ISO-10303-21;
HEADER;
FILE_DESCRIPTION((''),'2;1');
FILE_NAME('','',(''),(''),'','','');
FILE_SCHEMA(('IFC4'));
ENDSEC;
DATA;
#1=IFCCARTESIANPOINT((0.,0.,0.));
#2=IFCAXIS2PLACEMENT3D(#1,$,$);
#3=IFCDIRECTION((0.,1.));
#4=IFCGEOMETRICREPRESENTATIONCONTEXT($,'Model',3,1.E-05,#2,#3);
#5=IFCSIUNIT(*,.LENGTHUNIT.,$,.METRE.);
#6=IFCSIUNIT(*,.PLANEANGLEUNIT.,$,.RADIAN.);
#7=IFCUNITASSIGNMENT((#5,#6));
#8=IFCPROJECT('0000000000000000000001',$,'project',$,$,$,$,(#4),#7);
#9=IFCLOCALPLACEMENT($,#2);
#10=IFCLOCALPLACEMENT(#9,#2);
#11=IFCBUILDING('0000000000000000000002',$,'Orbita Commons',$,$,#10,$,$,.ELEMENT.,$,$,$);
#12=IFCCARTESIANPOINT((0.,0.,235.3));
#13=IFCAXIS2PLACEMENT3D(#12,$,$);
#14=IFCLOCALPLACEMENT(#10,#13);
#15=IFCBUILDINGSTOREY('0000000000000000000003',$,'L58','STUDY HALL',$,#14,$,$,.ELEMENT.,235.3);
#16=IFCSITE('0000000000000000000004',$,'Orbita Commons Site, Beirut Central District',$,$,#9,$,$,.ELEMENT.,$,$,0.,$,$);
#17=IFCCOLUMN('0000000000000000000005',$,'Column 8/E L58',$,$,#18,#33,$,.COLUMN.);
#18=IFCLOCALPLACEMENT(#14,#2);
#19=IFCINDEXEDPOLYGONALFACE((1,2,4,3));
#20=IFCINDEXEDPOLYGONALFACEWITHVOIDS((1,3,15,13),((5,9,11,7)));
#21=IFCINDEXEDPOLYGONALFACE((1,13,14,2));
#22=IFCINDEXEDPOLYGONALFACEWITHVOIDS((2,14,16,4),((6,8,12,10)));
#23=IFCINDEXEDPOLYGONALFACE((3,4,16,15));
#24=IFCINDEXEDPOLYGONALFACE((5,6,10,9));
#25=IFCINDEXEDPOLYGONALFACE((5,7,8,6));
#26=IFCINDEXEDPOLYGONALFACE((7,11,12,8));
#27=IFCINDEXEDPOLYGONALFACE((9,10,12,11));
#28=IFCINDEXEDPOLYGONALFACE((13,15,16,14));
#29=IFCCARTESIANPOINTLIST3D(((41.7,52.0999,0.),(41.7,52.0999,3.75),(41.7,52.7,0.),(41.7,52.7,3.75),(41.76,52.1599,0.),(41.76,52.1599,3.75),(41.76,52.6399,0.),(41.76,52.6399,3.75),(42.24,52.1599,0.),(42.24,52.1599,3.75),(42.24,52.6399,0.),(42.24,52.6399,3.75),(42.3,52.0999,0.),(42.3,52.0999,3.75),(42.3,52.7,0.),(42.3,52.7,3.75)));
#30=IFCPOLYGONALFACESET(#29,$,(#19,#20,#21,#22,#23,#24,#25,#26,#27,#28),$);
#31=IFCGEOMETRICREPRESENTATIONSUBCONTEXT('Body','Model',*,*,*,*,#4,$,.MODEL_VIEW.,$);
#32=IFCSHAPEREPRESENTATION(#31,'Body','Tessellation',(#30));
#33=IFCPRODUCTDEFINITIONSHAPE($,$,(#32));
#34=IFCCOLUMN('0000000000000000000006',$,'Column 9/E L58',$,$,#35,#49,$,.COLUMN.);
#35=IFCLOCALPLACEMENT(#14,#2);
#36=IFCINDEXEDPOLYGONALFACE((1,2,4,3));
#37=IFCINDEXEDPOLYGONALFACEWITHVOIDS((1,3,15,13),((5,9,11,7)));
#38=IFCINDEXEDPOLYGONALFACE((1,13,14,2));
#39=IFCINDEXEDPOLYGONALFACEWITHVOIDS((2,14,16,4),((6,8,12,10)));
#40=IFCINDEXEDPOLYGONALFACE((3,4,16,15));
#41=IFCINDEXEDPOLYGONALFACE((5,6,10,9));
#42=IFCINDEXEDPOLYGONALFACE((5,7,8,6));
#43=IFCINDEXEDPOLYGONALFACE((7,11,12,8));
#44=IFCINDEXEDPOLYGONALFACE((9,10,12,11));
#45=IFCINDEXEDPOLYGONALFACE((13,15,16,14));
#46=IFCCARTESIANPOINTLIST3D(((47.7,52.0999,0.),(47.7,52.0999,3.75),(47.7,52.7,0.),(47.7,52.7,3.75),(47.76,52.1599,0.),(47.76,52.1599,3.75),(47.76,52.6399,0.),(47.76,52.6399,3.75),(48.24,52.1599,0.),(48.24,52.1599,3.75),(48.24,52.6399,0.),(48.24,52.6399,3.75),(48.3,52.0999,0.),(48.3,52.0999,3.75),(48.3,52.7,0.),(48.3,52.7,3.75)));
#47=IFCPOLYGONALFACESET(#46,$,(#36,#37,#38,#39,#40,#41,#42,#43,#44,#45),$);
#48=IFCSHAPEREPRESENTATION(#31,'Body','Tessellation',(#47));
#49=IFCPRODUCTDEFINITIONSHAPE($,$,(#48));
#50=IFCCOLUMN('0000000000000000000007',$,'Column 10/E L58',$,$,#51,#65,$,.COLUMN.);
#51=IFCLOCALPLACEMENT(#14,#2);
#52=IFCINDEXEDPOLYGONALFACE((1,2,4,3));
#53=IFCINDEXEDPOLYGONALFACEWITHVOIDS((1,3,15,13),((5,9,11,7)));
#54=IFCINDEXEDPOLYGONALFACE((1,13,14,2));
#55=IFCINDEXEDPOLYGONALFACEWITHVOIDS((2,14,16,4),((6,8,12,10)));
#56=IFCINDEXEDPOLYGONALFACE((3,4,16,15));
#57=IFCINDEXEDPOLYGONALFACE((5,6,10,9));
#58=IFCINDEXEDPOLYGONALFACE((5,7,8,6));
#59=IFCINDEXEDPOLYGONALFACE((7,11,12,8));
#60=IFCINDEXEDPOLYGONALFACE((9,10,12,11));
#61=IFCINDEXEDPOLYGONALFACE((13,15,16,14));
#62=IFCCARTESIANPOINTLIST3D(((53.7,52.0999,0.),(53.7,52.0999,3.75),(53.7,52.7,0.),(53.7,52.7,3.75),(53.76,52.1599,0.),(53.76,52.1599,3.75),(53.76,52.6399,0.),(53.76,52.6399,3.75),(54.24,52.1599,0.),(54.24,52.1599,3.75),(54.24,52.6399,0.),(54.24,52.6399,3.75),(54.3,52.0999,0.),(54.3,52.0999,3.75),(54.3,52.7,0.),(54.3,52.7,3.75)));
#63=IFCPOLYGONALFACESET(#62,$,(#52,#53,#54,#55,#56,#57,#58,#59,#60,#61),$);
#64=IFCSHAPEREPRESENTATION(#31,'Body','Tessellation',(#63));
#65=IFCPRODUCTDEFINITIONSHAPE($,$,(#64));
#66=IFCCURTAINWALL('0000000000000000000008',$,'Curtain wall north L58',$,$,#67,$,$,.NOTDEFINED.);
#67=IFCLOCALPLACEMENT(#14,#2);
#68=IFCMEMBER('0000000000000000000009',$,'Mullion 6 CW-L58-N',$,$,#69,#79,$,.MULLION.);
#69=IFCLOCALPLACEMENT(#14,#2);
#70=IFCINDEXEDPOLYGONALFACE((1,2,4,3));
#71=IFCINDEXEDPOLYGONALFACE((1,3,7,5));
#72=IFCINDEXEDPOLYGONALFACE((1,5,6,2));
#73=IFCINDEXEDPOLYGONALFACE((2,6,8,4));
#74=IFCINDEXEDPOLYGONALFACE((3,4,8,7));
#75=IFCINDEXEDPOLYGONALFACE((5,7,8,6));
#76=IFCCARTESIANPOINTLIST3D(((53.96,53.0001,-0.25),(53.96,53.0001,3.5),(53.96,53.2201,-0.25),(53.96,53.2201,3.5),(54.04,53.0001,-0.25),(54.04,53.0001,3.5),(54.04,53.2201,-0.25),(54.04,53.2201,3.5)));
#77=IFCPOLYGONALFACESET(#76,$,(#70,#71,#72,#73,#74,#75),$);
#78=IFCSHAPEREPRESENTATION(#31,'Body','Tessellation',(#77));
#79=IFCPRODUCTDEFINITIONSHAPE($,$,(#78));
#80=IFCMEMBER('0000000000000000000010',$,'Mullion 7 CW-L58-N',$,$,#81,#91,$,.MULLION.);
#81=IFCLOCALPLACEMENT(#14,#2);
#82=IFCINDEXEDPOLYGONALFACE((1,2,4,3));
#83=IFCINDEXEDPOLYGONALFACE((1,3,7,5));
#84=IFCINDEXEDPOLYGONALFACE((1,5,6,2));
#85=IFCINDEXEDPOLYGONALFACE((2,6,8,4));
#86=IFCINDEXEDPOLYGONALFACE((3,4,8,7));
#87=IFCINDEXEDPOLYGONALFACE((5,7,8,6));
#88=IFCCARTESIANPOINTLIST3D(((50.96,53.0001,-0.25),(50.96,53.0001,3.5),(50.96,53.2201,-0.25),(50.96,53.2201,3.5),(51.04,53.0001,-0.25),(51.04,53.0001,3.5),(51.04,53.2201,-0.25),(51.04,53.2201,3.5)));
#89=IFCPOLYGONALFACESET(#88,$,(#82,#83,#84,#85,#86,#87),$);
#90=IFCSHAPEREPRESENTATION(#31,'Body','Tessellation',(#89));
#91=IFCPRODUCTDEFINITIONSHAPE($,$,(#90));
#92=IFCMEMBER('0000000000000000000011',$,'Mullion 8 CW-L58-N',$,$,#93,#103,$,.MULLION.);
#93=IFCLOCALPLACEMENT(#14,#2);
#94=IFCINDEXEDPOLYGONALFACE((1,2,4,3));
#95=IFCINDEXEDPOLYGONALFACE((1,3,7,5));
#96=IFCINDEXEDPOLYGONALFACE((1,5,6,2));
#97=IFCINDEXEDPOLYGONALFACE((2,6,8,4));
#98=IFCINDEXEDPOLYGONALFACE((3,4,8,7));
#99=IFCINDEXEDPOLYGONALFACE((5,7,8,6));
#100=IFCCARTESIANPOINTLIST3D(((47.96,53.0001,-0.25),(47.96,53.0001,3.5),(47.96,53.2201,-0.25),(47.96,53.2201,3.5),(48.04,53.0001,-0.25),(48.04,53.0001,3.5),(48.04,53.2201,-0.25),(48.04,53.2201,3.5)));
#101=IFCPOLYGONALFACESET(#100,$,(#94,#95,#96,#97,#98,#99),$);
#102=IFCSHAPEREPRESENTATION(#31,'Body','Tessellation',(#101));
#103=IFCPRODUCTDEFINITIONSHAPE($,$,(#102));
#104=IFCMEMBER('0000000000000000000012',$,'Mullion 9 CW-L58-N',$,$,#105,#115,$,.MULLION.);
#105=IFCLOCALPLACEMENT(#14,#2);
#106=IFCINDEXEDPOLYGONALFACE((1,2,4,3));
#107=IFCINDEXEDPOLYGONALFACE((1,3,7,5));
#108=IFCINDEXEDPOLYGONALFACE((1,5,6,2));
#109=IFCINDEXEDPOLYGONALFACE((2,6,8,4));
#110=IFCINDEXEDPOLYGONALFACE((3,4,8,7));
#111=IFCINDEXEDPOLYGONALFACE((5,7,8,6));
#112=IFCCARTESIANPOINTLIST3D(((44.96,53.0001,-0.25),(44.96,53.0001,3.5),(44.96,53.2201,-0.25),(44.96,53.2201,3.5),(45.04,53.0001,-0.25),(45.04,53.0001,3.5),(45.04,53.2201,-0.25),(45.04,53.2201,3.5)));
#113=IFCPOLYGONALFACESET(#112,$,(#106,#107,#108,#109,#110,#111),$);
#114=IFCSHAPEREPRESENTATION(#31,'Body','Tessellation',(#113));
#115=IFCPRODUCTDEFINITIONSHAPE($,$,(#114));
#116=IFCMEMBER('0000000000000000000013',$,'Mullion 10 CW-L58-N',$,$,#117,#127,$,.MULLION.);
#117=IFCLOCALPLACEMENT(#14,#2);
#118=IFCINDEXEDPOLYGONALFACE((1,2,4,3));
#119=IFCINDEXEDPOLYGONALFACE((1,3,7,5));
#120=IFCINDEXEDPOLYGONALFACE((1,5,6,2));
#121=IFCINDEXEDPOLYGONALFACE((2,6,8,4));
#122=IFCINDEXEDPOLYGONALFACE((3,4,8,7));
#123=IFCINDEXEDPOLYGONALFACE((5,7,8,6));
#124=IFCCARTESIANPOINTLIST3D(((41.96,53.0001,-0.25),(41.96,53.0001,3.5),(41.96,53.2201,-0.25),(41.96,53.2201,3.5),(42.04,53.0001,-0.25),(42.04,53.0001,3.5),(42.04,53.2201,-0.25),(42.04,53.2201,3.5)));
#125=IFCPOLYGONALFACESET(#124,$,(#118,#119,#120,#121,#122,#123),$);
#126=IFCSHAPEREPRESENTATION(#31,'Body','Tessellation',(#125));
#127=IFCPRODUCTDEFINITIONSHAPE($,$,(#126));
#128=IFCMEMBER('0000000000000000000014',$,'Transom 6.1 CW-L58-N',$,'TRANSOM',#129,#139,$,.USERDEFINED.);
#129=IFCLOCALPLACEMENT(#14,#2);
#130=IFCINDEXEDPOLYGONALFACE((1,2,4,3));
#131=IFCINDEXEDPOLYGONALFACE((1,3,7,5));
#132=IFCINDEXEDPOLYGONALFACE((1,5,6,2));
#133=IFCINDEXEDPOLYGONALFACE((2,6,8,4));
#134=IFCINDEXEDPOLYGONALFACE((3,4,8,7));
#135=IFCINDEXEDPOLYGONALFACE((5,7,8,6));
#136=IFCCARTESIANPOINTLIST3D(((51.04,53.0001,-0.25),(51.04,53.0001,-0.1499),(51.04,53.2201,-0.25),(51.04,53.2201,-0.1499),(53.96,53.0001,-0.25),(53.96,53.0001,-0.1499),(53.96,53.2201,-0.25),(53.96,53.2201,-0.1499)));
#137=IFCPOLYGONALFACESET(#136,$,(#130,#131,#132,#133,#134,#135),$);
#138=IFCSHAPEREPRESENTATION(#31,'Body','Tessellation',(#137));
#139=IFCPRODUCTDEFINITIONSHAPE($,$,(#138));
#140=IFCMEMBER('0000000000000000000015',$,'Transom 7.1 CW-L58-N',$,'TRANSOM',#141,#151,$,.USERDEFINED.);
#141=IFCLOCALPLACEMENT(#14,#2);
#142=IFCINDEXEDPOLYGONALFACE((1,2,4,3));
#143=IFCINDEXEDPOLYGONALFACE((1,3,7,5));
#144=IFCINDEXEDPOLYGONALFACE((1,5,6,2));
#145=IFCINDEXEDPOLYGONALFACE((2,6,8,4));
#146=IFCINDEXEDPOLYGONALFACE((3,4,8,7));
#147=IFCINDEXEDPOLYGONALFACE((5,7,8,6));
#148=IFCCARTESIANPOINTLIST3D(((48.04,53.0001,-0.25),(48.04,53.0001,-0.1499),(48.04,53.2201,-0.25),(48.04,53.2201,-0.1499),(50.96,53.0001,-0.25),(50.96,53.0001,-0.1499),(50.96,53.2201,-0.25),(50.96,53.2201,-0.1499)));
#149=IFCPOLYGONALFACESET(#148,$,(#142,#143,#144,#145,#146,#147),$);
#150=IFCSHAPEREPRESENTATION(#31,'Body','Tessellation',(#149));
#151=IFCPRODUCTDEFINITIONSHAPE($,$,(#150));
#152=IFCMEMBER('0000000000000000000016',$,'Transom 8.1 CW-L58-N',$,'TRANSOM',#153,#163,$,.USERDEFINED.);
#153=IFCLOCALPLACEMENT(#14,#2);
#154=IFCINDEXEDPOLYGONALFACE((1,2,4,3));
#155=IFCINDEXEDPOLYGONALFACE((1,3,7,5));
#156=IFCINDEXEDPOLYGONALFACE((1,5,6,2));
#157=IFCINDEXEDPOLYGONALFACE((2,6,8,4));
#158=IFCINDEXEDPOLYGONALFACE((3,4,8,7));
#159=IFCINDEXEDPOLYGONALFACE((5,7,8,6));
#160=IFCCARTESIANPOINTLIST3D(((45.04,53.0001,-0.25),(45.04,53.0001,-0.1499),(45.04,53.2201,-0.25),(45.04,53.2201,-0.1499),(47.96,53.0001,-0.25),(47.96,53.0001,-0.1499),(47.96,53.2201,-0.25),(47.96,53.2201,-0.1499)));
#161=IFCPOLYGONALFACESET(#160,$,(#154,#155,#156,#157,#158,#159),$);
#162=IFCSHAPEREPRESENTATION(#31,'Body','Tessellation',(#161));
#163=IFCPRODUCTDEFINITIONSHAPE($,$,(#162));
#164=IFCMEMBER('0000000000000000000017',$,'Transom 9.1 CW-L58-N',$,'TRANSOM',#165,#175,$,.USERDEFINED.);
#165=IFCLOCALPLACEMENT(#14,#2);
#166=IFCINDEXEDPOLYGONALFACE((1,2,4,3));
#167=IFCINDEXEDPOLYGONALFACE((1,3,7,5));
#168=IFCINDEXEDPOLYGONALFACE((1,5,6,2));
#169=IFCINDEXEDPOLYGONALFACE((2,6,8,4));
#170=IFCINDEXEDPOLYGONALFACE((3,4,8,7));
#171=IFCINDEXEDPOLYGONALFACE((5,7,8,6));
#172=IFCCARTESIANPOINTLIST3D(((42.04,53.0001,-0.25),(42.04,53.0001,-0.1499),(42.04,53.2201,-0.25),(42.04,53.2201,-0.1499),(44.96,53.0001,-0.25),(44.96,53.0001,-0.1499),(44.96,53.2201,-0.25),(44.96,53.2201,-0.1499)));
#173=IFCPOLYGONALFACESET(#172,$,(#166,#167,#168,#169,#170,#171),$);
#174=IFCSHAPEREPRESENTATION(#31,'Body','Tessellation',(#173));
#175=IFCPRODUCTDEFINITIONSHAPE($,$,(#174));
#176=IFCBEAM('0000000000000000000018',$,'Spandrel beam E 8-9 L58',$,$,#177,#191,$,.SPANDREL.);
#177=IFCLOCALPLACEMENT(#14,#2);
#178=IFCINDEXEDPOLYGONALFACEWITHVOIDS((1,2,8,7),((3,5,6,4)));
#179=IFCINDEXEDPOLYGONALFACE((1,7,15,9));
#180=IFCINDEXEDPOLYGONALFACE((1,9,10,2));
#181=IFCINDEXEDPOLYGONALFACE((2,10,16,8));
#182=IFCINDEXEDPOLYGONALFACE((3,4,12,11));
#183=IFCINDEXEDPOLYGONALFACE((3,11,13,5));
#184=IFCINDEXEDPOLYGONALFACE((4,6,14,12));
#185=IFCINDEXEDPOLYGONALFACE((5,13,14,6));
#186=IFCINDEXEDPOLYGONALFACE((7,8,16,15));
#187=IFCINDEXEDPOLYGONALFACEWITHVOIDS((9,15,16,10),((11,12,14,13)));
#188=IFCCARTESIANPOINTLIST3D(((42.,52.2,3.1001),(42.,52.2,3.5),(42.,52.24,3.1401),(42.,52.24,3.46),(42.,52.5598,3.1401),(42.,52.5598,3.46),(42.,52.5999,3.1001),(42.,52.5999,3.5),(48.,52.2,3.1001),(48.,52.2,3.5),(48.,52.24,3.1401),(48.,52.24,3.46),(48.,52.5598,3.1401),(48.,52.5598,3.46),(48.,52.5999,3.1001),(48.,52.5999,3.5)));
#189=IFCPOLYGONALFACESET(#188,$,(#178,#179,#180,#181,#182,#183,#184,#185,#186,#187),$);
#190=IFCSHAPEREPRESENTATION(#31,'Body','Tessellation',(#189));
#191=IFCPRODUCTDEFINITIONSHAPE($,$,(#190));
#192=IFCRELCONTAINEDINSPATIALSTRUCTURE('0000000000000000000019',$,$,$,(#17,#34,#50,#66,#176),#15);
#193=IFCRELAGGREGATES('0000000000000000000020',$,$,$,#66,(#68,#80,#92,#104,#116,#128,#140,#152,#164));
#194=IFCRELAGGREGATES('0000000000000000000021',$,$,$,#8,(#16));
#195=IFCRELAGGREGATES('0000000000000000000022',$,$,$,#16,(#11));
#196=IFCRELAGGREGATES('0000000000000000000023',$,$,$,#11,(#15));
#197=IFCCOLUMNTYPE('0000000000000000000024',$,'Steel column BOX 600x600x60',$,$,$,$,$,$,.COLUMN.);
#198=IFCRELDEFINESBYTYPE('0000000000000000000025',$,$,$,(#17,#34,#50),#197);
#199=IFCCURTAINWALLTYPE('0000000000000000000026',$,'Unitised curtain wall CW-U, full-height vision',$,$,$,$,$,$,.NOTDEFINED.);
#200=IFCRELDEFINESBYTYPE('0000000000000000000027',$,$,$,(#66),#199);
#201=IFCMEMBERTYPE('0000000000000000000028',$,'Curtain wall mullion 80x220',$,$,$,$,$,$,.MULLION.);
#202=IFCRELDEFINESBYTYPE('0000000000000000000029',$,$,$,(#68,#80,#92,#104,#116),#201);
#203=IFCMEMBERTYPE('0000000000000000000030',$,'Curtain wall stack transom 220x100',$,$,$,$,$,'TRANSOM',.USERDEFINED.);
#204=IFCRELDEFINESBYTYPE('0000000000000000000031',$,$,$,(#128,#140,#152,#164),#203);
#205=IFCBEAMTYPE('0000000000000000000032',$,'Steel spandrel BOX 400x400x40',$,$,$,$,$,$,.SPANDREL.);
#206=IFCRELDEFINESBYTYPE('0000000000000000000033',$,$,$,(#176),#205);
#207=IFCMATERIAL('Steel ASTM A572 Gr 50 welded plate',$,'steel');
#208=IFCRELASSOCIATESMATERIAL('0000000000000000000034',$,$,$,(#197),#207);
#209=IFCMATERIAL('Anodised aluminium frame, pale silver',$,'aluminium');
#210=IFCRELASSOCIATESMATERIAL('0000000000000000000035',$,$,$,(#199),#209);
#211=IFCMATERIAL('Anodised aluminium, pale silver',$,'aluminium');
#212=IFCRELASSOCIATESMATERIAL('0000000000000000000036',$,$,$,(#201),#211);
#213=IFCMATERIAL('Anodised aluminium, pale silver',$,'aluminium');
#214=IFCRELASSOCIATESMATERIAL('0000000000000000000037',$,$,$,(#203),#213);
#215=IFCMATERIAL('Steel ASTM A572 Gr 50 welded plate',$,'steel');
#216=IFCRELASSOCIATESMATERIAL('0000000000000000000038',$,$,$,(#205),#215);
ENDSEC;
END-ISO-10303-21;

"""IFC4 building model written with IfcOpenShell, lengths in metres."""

from ifc_helpers import new_model, si_unit, direction, frame, origin, origin_2d, place, context, subcontext, project, spatial, rectangle, hollow_rectangle, extrude, material, material_profile, profile_set, type_object, element, aggregate, save


model = new_model("IFC4")

# Units and contexts
model_context = context("Model", 3, precision=1e-05, world=origin(), true_north=direction((0.0, 1.0)))
body_context = subcontext(model_context, "Body", "Model", "MODEL_VIEW")
ifc_project = project(units=[si_unit("LENGTHUNIT", "METRE"), si_unit("PLANEANGLEUNIT", "RADIAN")], contexts=[model_context])

# Site, building, storey
site_placement = place(None, origin())
site = spatial("IfcSite", under=ifc_project, at=site_placement, Name="Orbita Commons Site, Beirut Central District", CompositionType="ELEMENT", RefElevation=0.0)
building_placement = place(site_placement, origin())
building = spatial("IfcBuilding", under=site, at=building_placement, Name="Orbita Commons", CompositionType="ELEMENT")
storey_placement = place(building_placement, frame((0.0, 0.0, 235.3)))
storey = spatial("IfcBuildingStorey", under=building, at=storey_placement, Name="L58", Description="STUDY HALL", CompositionType="ELEMENT", Elevation=235.3)

# Columns
ifc_material_1 = material(Name="Steel ASTM A572 Gr 50 welded plate", Category="steel")
ifc_material_profile_1 = material_profile(ifc_material_1, hollow_rectangle(XDim=0.6001, YDim=0.6001, WallThickness=0.0601, at=origin_2d()), Name="BOX 600x600x60")
ifc_profile_set_1 = profile_set([ifc_material_profile_1], Name="Steel ASTM A572 Gr 50 welded plate")
column_type = type_object("IfcColumnType", Name="Steel column BOX 600x600x60", PredefinedType="COLUMN", material=ifc_profile_set_1)
for number, where, z_axis, x_axis, name in (
    (1, (42.0, 52.3999, 0.0), (0.0, 0.0, 1.0), (1.0, 0.0, 0.0), "Column 8/E L58"),
    (2, (48.0, 52.3999, 0.0), (0.0, 0.0, 1.0), (1.0, 0.0, 0.0), "Column 9/E L58"),
    (3, (54.0, 52.3999, 0.0), (0.0, 0.0, 1.0), (1.0, 0.0, 0.0), "Column 10/E L58"),
):
    element("IfcColumn", number, at=place(storey_placement, frame(where, z_axis=z_axis, x_axis=x_axis)), inside=storey, type_object=column_type, Name=name, PredefinedType="COLUMN", context=body_context, shape_type="SweptSolid", body=[
        extrude(hollow_rectangle(XDim=0.6001, YDim=0.6001, WallThickness=0.0601, at=origin_2d()), origin(), (0.0, 0.0, 1.0), 3.75),
    ])

# Curtain wall, members
ifc_material_2 = material(Name="Anodised aluminium frame, pale silver", Category="aluminium")
curtain_wall_type = type_object("IfcCurtainWallType", Name="Unitised curtain wall CW-U, full-height vision", PredefinedType="NOTDEFINED", material=ifc_material_2)
curtain_wall_placement = place(storey_placement, origin())
curtain_wall = element("IfcCurtainWall", 4, at=curtain_wall_placement, inside=storey, type_object=curtain_wall_type, Name="Curtain wall north L58", PredefinedType="NOTDEFINED")
ifc_material_3 = material(Name="Anodised aluminium, pale silver", Category="aluminium")
ifc_material_profile_2 = material_profile(ifc_material_3, rectangle(XDim=0.0801, YDim=0.22, at=origin_2d()), Name="AL 80x220")
ifc_profile_set_2 = profile_set([ifc_material_profile_2], Name="Anodised aluminium, pale silver")
member_type_1 = type_object("IfcMemberType", Name="Curtain wall mullion 80x220", PredefinedType="MULLION", material=ifc_profile_set_2)
member_1_placement = place(storey_placement, frame((54.0, 53.1101, -0.25), z_axis=(0.0, 0.0, 1.0), x_axis=(-1.0, 0.0, 0.0)))
member_1 = element("IfcMember", 5, at=member_1_placement, type_object=member_type_1, Name="Mullion 6 CW-L58-N", PredefinedType="MULLION", context=body_context, shape_type="SweptSolid", body=[
    extrude(rectangle(XDim=0.0801, YDim=0.22, at=origin_2d()), origin(), (0.0, 0.0, 1.0), 3.75),
])
member_2_placement = place(storey_placement, frame((51.0, 53.1101, -0.25), z_axis=(0.0, 0.0, 1.0), x_axis=(-1.0, 0.0, 0.0)))
member_2 = element("IfcMember", 6, at=member_2_placement, type_object=member_type_1, Name="Mullion 7 CW-L58-N", PredefinedType="MULLION", context=body_context, shape_type="SweptSolid", body=[
    extrude(rectangle(XDim=0.0801, YDim=0.22, at=origin_2d()), origin(), (0.0, 0.0, 1.0), 3.75),
])
member_3_placement = place(storey_placement, frame((48.0, 53.1101, -0.25), z_axis=(0.0, 0.0, 1.0), x_axis=(-1.0, 0.0, 0.0)))
member_3 = element("IfcMember", 7, at=member_3_placement, type_object=member_type_1, Name="Mullion 8 CW-L58-N", PredefinedType="MULLION", context=body_context, shape_type="SweptSolid", body=[
    extrude(rectangle(XDim=0.0801, YDim=0.22, at=origin_2d()), origin(), (0.0, 0.0, 1.0), 3.75),
])
member_4_placement = place(storey_placement, frame((45.0, 53.1101, -0.25), z_axis=(0.0, 0.0, 1.0), x_axis=(-1.0, 0.0, 0.0)))
member_4 = element("IfcMember", 8, at=member_4_placement, type_object=member_type_1, Name="Mullion 9 CW-L58-N", PredefinedType="MULLION", context=body_context, shape_type="SweptSolid", body=[
    extrude(rectangle(XDim=0.0801, YDim=0.22, at=origin_2d()), origin(), (0.0, 0.0, 1.0), 3.75),
])
member_5_placement = place(storey_placement, frame((42.0, 53.1101, -0.25), z_axis=(0.0, 0.0, 1.0), x_axis=(-1.0, 0.0, 0.0)))
member_5 = element("IfcMember", 9, at=member_5_placement, type_object=member_type_1, Name="Mullion 10 CW-L58-N", PredefinedType="MULLION", context=body_context, shape_type="SweptSolid", body=[
    extrude(rectangle(XDim=0.0801, YDim=0.22, at=origin_2d()), origin(), (0.0, 0.0, 1.0), 3.75),
])
ifc_material_4 = material(Name="Anodised aluminium, pale silver", Category="aluminium")
ifc_material_profile_3 = material_profile(ifc_material_4, rectangle(XDim=0.22, YDim=0.1001, at=origin_2d()), Name="AL 220x100")
ifc_profile_set_3 = profile_set([ifc_material_profile_3], Name="Anodised aluminium, pale silver")
member_type_2 = type_object("IfcMemberType", Name="Curtain wall stack transom 220x100", ElementType="TRANSOM", PredefinedType="USERDEFINED", material=ifc_profile_set_3)
member_6_placement = place(storey_placement, frame((53.96, 53.1101, -0.2), z_axis=(-1.0, 0.0, 0.0), x_axis=(0.0, -1.0, 0.0)))
member_6 = element("IfcMember", 10, at=member_6_placement, type_object=member_type_2, Name="Transom 6.1 CW-L58-N", ObjectType="TRANSOM", PredefinedType="USERDEFINED", context=body_context, shape_type="SweptSolid", body=[
    extrude(rectangle(XDim=0.22, YDim=0.1001, at=origin_2d()), origin(), (0.0, 0.0, 1.0), 2.9199),
])
member_7_placement = place(storey_placement, frame((50.96, 53.1101, -0.2), z_axis=(-1.0, 0.0, 0.0), x_axis=(0.0, -1.0, 0.0)))
member_7 = element("IfcMember", 11, at=member_7_placement, type_object=member_type_2, Name="Transom 7.1 CW-L58-N", ObjectType="TRANSOM", PredefinedType="USERDEFINED", context=body_context, shape_type="SweptSolid", body=[
    extrude(rectangle(XDim=0.22, YDim=0.1001, at=origin_2d()), origin(), (0.0, 0.0, 1.0), 2.9199),
])
member_8_placement = place(storey_placement, frame((47.96, 53.1101, -0.2), z_axis=(-1.0, 0.0, 0.0), x_axis=(0.0, -1.0, 0.0)))
member_8 = element("IfcMember", 12, at=member_8_placement, type_object=member_type_2, Name="Transom 8.1 CW-L58-N", ObjectType="TRANSOM", PredefinedType="USERDEFINED", context=body_context, shape_type="SweptSolid", body=[
    extrude(rectangle(XDim=0.22, YDim=0.1001, at=origin_2d()), origin(), (0.0, 0.0, 1.0), 2.9199),
])
member_9_placement = place(storey_placement, frame((44.96, 53.1101, -0.2), z_axis=(-1.0, 0.0, 0.0), x_axis=(0.0, -1.0, 0.0)))
member_9 = element("IfcMember", 13, at=member_9_placement, type_object=member_type_2, Name="Transom 9.1 CW-L58-N", ObjectType="TRANSOM", PredefinedType="USERDEFINED", context=body_context, shape_type="SweptSolid", body=[
    extrude(rectangle(XDim=0.22, YDim=0.1001, at=origin_2d()), origin(), (0.0, 0.0, 1.0), 2.9199),
])

# Beam
ifc_material_5 = material(Name="Steel ASTM A572 Gr 50 welded plate", Category="steel")
ifc_material_profile_4 = material_profile(ifc_material_5, hollow_rectangle(XDim=0.3999, YDim=0.3999, WallThickness=0.04, at=origin_2d()), Name="BOX 400x400x40")
ifc_profile_set_4 = profile_set([ifc_material_profile_4], Name="Steel ASTM A572 Gr 50 welded plate")
beam_type = type_object("IfcBeamType", Name="Steel spandrel BOX 400x400x40", PredefinedType="SPANDREL", material=ifc_profile_set_4)
for number, where, z_axis, x_axis, name in (
    (14, (42.0, 52.3999, 3.3), (1.0, 0.0, 0.0), (0.0, 1.0, 0.0), "Spandrel beam E 8-9 L58"),
):
    element("IfcBeam", number, at=place(storey_placement, frame(where, z_axis=z_axis, x_axis=x_axis)), inside=storey, type_object=beam_type, Name=name, PredefinedType="SPANDREL", context=body_context, shape_type="SweptSolid", body=[
        extrude(hollow_rectangle(XDim=0.3999, YDim=0.3999, WallThickness=0.04, at=origin_2d()), origin(), (0.0, 0.0, 1.0), 6.0),
    ])

aggregate(curtain_wall, [member_1, member_2, member_3, member_4, member_5, member_6, member_7, member_8, member_9])

save(model, "model.ifc")
